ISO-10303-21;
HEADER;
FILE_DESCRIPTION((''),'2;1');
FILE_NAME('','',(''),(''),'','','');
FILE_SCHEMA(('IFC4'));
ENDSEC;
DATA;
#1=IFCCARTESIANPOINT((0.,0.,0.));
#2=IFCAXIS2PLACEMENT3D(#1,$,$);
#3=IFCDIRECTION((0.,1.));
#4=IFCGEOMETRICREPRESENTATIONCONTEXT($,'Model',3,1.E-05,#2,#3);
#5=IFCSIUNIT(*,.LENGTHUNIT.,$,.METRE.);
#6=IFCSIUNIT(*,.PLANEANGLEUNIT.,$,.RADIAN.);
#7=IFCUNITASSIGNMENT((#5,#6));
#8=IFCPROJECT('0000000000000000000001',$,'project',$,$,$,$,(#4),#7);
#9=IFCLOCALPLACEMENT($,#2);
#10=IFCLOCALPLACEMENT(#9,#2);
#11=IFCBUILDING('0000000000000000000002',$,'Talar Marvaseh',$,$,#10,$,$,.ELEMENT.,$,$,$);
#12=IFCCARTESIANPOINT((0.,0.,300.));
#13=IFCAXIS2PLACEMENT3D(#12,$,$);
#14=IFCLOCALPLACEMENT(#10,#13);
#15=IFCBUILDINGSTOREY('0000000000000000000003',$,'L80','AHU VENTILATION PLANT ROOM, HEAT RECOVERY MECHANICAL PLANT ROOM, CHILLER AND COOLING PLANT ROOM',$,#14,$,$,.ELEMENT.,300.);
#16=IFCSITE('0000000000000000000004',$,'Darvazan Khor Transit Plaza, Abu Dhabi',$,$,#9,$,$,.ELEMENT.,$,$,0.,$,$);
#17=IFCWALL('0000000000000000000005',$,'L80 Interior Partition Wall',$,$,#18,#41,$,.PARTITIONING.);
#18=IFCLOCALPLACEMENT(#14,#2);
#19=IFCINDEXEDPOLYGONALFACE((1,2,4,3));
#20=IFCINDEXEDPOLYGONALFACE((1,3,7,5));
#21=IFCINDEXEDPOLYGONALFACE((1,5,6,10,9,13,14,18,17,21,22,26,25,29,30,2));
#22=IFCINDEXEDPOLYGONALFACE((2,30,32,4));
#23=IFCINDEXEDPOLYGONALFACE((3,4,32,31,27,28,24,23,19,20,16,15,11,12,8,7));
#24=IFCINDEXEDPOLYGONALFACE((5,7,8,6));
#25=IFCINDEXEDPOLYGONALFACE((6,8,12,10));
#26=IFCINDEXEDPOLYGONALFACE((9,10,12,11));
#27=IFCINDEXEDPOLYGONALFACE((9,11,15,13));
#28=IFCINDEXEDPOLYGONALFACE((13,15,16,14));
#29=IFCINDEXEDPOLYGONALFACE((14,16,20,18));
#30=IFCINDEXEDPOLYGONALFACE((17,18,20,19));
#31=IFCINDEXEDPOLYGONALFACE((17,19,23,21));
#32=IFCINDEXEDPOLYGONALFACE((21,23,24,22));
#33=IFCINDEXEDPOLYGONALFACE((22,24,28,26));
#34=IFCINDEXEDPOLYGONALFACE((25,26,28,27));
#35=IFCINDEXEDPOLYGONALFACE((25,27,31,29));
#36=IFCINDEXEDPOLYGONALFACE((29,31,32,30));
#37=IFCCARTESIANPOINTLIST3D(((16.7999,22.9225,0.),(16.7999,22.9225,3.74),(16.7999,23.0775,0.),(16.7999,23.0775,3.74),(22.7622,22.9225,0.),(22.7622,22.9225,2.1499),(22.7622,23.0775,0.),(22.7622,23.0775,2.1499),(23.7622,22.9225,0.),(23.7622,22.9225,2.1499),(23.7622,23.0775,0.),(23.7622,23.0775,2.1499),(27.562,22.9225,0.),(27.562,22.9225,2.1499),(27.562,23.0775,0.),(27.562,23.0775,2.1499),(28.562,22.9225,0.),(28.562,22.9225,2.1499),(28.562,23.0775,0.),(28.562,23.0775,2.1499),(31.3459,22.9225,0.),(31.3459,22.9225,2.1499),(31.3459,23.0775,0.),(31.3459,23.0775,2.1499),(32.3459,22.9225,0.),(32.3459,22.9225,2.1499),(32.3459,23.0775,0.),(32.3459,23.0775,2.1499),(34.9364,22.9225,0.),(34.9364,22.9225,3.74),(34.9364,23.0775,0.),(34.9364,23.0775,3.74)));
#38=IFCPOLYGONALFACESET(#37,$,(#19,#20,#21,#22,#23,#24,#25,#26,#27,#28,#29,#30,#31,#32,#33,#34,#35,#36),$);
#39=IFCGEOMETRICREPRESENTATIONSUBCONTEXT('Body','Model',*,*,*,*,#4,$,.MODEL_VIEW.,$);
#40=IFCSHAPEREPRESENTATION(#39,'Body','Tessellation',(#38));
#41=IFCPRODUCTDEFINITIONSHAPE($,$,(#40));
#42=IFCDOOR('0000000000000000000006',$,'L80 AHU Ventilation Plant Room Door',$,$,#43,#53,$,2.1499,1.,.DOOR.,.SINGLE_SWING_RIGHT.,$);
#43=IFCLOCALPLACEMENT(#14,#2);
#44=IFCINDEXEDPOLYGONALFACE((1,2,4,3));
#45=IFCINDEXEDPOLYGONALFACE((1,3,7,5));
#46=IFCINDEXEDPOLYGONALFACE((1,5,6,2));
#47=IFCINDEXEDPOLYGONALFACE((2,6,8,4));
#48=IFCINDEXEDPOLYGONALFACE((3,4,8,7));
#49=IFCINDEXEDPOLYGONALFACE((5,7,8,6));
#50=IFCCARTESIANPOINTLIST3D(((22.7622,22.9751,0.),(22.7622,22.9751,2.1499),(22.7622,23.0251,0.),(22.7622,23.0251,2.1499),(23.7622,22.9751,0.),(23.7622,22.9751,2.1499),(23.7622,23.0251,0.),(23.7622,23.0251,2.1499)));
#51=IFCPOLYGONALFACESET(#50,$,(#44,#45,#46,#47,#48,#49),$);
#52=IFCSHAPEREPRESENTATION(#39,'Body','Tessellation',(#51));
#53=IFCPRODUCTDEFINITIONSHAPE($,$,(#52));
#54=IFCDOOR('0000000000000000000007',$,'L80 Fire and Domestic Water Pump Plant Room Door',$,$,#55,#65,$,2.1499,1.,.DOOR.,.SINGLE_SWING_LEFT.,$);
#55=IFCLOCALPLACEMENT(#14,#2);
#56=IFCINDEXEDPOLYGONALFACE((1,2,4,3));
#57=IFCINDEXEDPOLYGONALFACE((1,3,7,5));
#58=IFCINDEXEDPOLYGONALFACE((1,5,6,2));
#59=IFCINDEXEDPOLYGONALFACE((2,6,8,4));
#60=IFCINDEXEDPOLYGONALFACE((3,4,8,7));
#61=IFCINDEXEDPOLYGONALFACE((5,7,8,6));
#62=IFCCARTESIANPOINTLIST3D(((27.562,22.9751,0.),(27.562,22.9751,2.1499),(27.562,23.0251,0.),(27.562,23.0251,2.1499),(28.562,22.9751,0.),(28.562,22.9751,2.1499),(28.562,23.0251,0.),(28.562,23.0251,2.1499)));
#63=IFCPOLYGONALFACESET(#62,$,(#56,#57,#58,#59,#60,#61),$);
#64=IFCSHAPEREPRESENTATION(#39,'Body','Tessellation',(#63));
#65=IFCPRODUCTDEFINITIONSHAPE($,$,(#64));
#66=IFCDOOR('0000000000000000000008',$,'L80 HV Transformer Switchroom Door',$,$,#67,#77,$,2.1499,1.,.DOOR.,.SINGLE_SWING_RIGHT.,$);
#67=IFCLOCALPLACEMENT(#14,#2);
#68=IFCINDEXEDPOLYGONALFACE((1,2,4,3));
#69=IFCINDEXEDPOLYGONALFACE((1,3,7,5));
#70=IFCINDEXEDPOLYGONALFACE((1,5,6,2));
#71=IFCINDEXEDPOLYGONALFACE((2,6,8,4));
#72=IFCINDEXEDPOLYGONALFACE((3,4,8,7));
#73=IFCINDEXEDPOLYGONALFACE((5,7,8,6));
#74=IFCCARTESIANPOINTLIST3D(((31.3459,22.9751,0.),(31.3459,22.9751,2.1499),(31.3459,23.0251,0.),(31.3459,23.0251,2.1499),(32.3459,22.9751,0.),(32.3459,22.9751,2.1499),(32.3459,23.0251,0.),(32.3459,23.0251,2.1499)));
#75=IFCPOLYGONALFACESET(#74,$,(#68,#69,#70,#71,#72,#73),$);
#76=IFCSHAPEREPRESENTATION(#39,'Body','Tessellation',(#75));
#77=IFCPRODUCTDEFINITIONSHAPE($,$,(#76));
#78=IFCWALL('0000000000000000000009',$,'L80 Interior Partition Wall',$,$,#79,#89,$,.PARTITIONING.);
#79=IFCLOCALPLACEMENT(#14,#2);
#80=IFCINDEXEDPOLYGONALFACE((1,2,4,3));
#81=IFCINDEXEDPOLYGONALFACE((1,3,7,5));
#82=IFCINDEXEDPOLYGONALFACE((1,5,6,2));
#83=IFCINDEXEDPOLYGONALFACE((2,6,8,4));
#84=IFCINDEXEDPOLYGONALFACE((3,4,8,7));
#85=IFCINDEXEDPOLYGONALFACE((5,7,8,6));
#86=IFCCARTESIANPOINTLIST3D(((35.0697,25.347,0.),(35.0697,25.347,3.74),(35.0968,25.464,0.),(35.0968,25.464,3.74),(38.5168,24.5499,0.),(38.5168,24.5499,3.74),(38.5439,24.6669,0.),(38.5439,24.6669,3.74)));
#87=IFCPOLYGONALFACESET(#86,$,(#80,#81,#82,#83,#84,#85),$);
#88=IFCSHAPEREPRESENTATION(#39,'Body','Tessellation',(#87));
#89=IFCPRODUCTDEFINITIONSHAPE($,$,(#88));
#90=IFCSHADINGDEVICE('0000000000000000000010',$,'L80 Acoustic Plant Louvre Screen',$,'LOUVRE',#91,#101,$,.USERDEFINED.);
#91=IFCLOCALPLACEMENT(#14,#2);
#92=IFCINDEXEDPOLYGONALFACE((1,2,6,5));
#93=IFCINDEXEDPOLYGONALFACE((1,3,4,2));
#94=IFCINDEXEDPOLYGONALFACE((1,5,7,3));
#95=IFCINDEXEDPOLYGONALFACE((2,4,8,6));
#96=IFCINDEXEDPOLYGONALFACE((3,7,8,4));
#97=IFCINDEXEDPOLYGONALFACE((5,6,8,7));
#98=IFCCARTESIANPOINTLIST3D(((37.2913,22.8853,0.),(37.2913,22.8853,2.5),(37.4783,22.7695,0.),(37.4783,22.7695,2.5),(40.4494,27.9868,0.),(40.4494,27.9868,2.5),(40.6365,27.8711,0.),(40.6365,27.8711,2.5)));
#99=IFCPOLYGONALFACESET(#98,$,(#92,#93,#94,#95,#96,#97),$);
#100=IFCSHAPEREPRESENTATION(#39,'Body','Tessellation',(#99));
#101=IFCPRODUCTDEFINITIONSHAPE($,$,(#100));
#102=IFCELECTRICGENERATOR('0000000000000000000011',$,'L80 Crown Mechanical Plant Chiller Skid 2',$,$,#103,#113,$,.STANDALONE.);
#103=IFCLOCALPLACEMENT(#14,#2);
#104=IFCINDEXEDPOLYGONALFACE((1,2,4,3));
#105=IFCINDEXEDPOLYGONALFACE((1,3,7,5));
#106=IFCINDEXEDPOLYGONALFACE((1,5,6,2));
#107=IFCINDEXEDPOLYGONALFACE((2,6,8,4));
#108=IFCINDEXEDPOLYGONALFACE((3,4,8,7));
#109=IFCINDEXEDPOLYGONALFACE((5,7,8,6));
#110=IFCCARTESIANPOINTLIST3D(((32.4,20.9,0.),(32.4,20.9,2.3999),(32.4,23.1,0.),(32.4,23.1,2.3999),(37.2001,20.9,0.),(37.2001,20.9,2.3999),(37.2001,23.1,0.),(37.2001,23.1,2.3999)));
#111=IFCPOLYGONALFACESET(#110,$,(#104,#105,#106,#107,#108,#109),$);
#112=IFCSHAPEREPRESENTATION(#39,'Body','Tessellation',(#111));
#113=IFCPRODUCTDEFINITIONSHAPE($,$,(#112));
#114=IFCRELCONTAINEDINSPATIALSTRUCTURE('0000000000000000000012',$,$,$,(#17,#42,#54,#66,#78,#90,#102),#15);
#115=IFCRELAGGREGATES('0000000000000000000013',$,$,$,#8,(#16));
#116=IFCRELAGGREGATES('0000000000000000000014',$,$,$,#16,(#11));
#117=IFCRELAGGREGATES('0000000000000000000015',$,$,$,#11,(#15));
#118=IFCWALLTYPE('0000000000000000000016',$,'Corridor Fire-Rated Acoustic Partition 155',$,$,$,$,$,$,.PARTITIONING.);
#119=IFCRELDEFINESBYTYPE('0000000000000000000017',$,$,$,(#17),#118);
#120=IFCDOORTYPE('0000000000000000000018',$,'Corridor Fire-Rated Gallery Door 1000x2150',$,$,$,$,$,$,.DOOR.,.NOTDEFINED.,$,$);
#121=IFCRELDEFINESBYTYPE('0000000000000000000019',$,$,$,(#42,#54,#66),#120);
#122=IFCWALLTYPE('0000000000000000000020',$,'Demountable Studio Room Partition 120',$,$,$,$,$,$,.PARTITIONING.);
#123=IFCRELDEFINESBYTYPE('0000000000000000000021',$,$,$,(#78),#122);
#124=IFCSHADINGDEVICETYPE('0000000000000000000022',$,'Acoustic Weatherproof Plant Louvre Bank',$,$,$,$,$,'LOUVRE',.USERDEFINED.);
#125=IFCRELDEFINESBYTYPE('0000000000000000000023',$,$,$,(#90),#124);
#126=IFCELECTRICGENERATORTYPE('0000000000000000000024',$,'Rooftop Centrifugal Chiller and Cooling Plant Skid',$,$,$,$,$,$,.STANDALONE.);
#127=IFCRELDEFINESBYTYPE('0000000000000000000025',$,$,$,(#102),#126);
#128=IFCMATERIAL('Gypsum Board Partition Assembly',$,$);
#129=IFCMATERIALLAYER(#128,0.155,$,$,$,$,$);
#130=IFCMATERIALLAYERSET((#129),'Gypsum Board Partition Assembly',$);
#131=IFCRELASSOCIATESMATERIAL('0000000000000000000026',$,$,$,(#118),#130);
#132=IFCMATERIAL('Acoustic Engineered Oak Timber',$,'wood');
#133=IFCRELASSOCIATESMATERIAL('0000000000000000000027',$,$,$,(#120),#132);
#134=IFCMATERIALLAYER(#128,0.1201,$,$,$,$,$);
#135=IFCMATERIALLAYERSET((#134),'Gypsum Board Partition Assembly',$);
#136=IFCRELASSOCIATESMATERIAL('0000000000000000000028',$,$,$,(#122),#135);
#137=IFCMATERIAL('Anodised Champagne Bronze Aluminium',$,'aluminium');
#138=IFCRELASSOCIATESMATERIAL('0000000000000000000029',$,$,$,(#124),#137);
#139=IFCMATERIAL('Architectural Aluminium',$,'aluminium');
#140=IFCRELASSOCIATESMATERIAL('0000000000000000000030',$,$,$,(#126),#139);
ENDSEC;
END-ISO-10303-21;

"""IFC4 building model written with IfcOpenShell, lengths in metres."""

from ifc_helpers import new_model, si_unit, direction, frame, frame_2d, origin, origin_2d, place, context, subcontext, project, spatial, rectangle, extrude, source, transform, mapped, material, layer, layer_set, type_object, type_shapes, element, fill, save


model = new_model("IFC4")

# Units and contexts
model_context = context("Model", 3, precision=1e-05, world=origin(), true_north=direction((0.0, 1.0)))
body_context = subcontext(model_context, "Body", "Model", "MODEL_VIEW")
ifc_project = project(units=[si_unit("LENGTHUNIT", "METRE"), si_unit("PLANEANGLEUNIT", "RADIAN")], contexts=[model_context])

# Site, building, storey
site_placement = place(None, origin())
site = spatial("IfcSite", under=ifc_project, at=site_placement, Name="Darvazan Khor Transit Plaza, Abu Dhabi", CompositionType="ELEMENT", RefElevation=0.0)
building_placement = place(site_placement, origin())
building = spatial("IfcBuilding", under=site, at=building_placement, Name="Talar Marvaseh", CompositionType="ELEMENT")
storey_placement = place(building_placement, frame((0.0, 0.0, 300.0)))
storey = spatial("IfcBuildingStorey", under=building, at=storey_placement, Name="L80", Description="AHU VENTILATION PLANT ROOM, HEAT RECOVERY MECHANICAL PLANT ROOM, CHILLER AND COOLING PLANT ROOM", CompositionType="ELEMENT", Elevation=300.0)

# Shared definitions
ifc_material_1 = material(Name="Architectural Aluminium", Category="aluminium")

# Wall, openings, doors
ifc_material_2 = material(Name="Gypsum Board Partition Assembly")
ifc_layer_1 = layer(ifc_material_2, 0.155)
ifc_layer_set_1 = layer_set([ifc_layer_1], Name="Gypsum Board Partition Assembly")
wall_type_1 = type_object("IfcWallType", Name="Corridor Fire-Rated Acoustic Partition 155", PredefinedType="PARTITIONING", material=ifc_layer_set_1)
wall_1_placement = place(storey_placement, frame((34.9365, 23.0, 0.0), z_axis=(0.0, 0.0, 1.0), x_axis=(-1.0, 0.0, 0.0)))
wall_1 = element("IfcWall", 1, at=wall_1_placement, inside=storey, type_object=wall_type_1, Name="L80 Interior Partition Wall", PredefinedType="PARTITIONING", context=body_context, shape_type="SweptSolid", body=[
    extrude(rectangle(XDim=18.1365, YDim=0.155, at=frame_2d((9.0684, 0.0))), origin(), (0.0, 0.0, 1.0), 3.74),
])
opening_1_placement = place(wall_1_placement, frame((11.1743, 0.0, 0.0)))
opening_1 = element("IfcOpeningElement", 2, at=opening_1_placement, cuts=wall_1, PredefinedType="OPENING", context=body_context, shape_type="SweptSolid", body=[
    extrude(rectangle(XDim=1.0, YDim=2.1499, at=frame_2d((0.5, 1.075))), frame((0.0, 0.0874, 0.0), z_axis=(0.0, -1.0, 0.0), x_axis=(1.0, 0.0, 0.0)), (0.0, 0.0, 1.0), 0.175),
])
opening_2_placement = place(wall_1_placement, frame((6.3745, 0.0, 0.0)))
opening_2 = element("IfcOpeningElement", 3, at=opening_2_placement, cuts=wall_1, PredefinedType="OPENING", context=body_context, shape_type="SweptSolid", body=[
    extrude(rectangle(XDim=1.0, YDim=2.1499, at=frame_2d((0.5, 1.075))), frame((0.0, 0.0874, 0.0), z_axis=(0.0, -1.0, 0.0), x_axis=(1.0, 0.0, 0.0)), (0.0, 0.0, 1.0), 0.175),
])
opening_3_placement = place(wall_1_placement, frame((2.5906, 0.0, 0.0)))
opening_3 = element("IfcOpeningElement", 4, at=opening_3_placement, cuts=wall_1, PredefinedType="OPENING", context=body_context, shape_type="SweptSolid", body=[
    extrude(rectangle(XDim=1.0, YDim=2.1499, at=frame_2d((0.5, 1.075))), frame((0.0, 0.0874, 0.0), z_axis=(0.0, -1.0, 0.0), x_axis=(1.0, 0.0, 0.0)), (0.0, 0.0, 1.0), 0.175),
])
ifc_material_3 = material(Name="Acoustic Engineered Oak Timber", Category="wood")
door_type = type_object("IfcDoorType", Name="Corridor Fire-Rated Gallery Door 1000x2150", OperationType="NOTDEFINED", PredefinedType="DOOR", material=ifc_material_3)
shared_shape_1 = source(origin(), body_context, "Body", "SweptSolid", [
    extrude(rectangle(XDim=1.0, YDim=2.1499, at=frame_2d((0.5, 1.075))), frame((0.0, 0.0249, 0.0), z_axis=(0.0, -1.0, 0.0), x_axis=(1.0, 0.0, 0.0)), (0.0, 0.0, 1.0), 0.05),
])
type_shapes(door_type, [shared_shape_1])
door_1_placement = place(opening_1_placement, origin())
door_1 = element("IfcDoor", 5, at=door_1_placement, inside=storey, type_object=door_type, Name="L80 AHU Ventilation Plant Room Door", OperationType="SINGLE_SWING_RIGHT", OverallHeight=2.1499, OverallWidth=1.0, PredefinedType="DOOR", context=body_context, shape_type="MappedRepresentation", body=[
    mapped(shared_shape_1, transform((0.0, 0.0, 0.0), x_axis=(1.0, 0.0, 0.0), y_axis=(0.0, 1.0, 0.0), z_axis=(0.0, 0.0, 1.0), scale=1.0)),
])
fill(opening_1, door_1)
door_2_placement = place(opening_2_placement, origin())
door_2 = element("IfcDoor", 6, at=door_2_placement, inside=storey, type_object=door_type, Name="L80 Fire and Domestic Water Pump Plant Room Door", OperationType="SINGLE_SWING_LEFT", OverallHeight=2.1499, OverallWidth=1.0, PredefinedType="DOOR", context=body_context, shape_type="MappedRepresentation", body=[
    mapped(shared_shape_1, transform((0.0, 0.0, 0.0), x_axis=(1.0, 0.0, 0.0), y_axis=(0.0, 1.0, 0.0), z_axis=(0.0, 0.0, 1.0), scale=1.0)),
])
fill(opening_2, door_2)
door_3_placement = place(opening_3_placement, origin())
door_3 = element("IfcDoor", 7, at=door_3_placement, inside=storey, type_object=door_type, Name="L80 HV Transformer Switchroom Door", OperationType="SINGLE_SWING_RIGHT", OverallHeight=2.1499, OverallWidth=1.0, PredefinedType="DOOR", context=body_context, shape_type="MappedRepresentation", body=[
    mapped(shared_shape_1, transform((0.0, 0.0, 0.0), x_axis=(1.0, 0.0, 0.0), y_axis=(0.0, 1.0, 0.0), z_axis=(0.0, 0.0, 1.0), scale=1.0)),
])
fill(opening_3, door_3)

# Wall
ifc_layer_2 = layer(ifc_material_2, 0.1201)
ifc_layer_set_2 = layer_set([ifc_layer_2], Name="Gypsum Board Partition Assembly")
wall_type_2 = type_object("IfcWallType", Name="Demountable Studio Room Partition 120", PredefinedType="PARTITIONING", material=ifc_layer_set_2)
wall_2_placement = place(storey_placement, frame((35.0833, 25.4055, 0.0), z_axis=(0.0, 0.0, 1.0), x_axis=(0.974289, -0.225303, 0.0)))
element("IfcWall", 8, at=wall_2_placement, inside=storey, type_object=wall_type_2, Name="L80 Interior Partition Wall", PredefinedType="PARTITIONING", context=body_context, shape_type="SweptSolid", body=[
    extrude(rectangle(XDim=3.5381, YDim=0.1201, at=frame_2d((1.769, 0.0))), origin(), (0.0, 0.0, 1.0), 3.74),
])

# Shading device
ifc_material_4 = material(Name="Anodised Champagne Bronze Aluminium", Category="aluminium")
shading_device_type = type_object("IfcShadingDeviceType", Name="Acoustic Weatherproof Plant Louvre Bank", ElementType="LOUVRE", PredefinedType="USERDEFINED", material=ifc_material_4)
shared_shape_2 = source(origin(), body_context, "Body", "SweptSolid", [
    extrude(rectangle(XDim=6.0, YDim=0.22, at=origin_2d()), origin(), (0.0, 0.0, 1.0), 2.5),
])
type_shapes(shading_device_type, [shared_shape_2])
shading_device_placement = place(storey_placement, frame((38.9639, 25.3782, 0.0), z_axis=(0.0, 0.0, 1.0), x_axis=(-0.526362, -0.85026, 0.0)))
element("IfcShadingDevice", 9, at=shading_device_placement, inside=storey, type_object=shading_device_type, Name="L80 Acoustic Plant Louvre Screen", ObjectType="LOUVRE", PredefinedType="USERDEFINED", context=body_context, shape_type="MappedRepresentation", body=[
    mapped(shared_shape_2, transform((0.0, 0.0, 0.0), x_axis=(1.0, 0.0, 0.0), y_axis=(0.0, 1.0, 0.0), z_axis=(0.0, 0.0, 1.0), scale=1.0)),
])

# Electric generator
electric_generator_type = type_object("IfcElectricGeneratorType", Name="Rooftop Centrifugal Chiller and Cooling Plant Skid", PredefinedType="STANDALONE", material=ifc_material_1)
shared_shape_3 = source(origin(), body_context, "Body", "SweptSolid", [
    extrude(rectangle(XDim=4.8, YDim=2.2, at=origin_2d()), origin(), (0.0, 0.0, 1.0), 2.3999),
])
type_shapes(electric_generator_type, [shared_shape_3])
electric_generator_placement = place(storey_placement, frame((34.8, 22.0, 0.0), z_axis=(0.0, 0.0, 1.0), x_axis=(1.0, 0.0, 0.0)))
element("IfcElectricGenerator", 10, at=electric_generator_placement, inside=storey, type_object=electric_generator_type, Name="L80 Crown Mechanical Plant Chiller Skid 2", PredefinedType="STANDALONE", context=body_context, shape_type="MappedRepresentation", body=[
    mapped(shared_shape_3, transform((0.0, 0.0, 0.0), x_axis=(1.0, 0.0, 0.0), y_axis=(0.0, 1.0, 0.0), z_axis=(0.0, 0.0, 1.0), scale=1.0)),
])

save(model, "model.ifc")
